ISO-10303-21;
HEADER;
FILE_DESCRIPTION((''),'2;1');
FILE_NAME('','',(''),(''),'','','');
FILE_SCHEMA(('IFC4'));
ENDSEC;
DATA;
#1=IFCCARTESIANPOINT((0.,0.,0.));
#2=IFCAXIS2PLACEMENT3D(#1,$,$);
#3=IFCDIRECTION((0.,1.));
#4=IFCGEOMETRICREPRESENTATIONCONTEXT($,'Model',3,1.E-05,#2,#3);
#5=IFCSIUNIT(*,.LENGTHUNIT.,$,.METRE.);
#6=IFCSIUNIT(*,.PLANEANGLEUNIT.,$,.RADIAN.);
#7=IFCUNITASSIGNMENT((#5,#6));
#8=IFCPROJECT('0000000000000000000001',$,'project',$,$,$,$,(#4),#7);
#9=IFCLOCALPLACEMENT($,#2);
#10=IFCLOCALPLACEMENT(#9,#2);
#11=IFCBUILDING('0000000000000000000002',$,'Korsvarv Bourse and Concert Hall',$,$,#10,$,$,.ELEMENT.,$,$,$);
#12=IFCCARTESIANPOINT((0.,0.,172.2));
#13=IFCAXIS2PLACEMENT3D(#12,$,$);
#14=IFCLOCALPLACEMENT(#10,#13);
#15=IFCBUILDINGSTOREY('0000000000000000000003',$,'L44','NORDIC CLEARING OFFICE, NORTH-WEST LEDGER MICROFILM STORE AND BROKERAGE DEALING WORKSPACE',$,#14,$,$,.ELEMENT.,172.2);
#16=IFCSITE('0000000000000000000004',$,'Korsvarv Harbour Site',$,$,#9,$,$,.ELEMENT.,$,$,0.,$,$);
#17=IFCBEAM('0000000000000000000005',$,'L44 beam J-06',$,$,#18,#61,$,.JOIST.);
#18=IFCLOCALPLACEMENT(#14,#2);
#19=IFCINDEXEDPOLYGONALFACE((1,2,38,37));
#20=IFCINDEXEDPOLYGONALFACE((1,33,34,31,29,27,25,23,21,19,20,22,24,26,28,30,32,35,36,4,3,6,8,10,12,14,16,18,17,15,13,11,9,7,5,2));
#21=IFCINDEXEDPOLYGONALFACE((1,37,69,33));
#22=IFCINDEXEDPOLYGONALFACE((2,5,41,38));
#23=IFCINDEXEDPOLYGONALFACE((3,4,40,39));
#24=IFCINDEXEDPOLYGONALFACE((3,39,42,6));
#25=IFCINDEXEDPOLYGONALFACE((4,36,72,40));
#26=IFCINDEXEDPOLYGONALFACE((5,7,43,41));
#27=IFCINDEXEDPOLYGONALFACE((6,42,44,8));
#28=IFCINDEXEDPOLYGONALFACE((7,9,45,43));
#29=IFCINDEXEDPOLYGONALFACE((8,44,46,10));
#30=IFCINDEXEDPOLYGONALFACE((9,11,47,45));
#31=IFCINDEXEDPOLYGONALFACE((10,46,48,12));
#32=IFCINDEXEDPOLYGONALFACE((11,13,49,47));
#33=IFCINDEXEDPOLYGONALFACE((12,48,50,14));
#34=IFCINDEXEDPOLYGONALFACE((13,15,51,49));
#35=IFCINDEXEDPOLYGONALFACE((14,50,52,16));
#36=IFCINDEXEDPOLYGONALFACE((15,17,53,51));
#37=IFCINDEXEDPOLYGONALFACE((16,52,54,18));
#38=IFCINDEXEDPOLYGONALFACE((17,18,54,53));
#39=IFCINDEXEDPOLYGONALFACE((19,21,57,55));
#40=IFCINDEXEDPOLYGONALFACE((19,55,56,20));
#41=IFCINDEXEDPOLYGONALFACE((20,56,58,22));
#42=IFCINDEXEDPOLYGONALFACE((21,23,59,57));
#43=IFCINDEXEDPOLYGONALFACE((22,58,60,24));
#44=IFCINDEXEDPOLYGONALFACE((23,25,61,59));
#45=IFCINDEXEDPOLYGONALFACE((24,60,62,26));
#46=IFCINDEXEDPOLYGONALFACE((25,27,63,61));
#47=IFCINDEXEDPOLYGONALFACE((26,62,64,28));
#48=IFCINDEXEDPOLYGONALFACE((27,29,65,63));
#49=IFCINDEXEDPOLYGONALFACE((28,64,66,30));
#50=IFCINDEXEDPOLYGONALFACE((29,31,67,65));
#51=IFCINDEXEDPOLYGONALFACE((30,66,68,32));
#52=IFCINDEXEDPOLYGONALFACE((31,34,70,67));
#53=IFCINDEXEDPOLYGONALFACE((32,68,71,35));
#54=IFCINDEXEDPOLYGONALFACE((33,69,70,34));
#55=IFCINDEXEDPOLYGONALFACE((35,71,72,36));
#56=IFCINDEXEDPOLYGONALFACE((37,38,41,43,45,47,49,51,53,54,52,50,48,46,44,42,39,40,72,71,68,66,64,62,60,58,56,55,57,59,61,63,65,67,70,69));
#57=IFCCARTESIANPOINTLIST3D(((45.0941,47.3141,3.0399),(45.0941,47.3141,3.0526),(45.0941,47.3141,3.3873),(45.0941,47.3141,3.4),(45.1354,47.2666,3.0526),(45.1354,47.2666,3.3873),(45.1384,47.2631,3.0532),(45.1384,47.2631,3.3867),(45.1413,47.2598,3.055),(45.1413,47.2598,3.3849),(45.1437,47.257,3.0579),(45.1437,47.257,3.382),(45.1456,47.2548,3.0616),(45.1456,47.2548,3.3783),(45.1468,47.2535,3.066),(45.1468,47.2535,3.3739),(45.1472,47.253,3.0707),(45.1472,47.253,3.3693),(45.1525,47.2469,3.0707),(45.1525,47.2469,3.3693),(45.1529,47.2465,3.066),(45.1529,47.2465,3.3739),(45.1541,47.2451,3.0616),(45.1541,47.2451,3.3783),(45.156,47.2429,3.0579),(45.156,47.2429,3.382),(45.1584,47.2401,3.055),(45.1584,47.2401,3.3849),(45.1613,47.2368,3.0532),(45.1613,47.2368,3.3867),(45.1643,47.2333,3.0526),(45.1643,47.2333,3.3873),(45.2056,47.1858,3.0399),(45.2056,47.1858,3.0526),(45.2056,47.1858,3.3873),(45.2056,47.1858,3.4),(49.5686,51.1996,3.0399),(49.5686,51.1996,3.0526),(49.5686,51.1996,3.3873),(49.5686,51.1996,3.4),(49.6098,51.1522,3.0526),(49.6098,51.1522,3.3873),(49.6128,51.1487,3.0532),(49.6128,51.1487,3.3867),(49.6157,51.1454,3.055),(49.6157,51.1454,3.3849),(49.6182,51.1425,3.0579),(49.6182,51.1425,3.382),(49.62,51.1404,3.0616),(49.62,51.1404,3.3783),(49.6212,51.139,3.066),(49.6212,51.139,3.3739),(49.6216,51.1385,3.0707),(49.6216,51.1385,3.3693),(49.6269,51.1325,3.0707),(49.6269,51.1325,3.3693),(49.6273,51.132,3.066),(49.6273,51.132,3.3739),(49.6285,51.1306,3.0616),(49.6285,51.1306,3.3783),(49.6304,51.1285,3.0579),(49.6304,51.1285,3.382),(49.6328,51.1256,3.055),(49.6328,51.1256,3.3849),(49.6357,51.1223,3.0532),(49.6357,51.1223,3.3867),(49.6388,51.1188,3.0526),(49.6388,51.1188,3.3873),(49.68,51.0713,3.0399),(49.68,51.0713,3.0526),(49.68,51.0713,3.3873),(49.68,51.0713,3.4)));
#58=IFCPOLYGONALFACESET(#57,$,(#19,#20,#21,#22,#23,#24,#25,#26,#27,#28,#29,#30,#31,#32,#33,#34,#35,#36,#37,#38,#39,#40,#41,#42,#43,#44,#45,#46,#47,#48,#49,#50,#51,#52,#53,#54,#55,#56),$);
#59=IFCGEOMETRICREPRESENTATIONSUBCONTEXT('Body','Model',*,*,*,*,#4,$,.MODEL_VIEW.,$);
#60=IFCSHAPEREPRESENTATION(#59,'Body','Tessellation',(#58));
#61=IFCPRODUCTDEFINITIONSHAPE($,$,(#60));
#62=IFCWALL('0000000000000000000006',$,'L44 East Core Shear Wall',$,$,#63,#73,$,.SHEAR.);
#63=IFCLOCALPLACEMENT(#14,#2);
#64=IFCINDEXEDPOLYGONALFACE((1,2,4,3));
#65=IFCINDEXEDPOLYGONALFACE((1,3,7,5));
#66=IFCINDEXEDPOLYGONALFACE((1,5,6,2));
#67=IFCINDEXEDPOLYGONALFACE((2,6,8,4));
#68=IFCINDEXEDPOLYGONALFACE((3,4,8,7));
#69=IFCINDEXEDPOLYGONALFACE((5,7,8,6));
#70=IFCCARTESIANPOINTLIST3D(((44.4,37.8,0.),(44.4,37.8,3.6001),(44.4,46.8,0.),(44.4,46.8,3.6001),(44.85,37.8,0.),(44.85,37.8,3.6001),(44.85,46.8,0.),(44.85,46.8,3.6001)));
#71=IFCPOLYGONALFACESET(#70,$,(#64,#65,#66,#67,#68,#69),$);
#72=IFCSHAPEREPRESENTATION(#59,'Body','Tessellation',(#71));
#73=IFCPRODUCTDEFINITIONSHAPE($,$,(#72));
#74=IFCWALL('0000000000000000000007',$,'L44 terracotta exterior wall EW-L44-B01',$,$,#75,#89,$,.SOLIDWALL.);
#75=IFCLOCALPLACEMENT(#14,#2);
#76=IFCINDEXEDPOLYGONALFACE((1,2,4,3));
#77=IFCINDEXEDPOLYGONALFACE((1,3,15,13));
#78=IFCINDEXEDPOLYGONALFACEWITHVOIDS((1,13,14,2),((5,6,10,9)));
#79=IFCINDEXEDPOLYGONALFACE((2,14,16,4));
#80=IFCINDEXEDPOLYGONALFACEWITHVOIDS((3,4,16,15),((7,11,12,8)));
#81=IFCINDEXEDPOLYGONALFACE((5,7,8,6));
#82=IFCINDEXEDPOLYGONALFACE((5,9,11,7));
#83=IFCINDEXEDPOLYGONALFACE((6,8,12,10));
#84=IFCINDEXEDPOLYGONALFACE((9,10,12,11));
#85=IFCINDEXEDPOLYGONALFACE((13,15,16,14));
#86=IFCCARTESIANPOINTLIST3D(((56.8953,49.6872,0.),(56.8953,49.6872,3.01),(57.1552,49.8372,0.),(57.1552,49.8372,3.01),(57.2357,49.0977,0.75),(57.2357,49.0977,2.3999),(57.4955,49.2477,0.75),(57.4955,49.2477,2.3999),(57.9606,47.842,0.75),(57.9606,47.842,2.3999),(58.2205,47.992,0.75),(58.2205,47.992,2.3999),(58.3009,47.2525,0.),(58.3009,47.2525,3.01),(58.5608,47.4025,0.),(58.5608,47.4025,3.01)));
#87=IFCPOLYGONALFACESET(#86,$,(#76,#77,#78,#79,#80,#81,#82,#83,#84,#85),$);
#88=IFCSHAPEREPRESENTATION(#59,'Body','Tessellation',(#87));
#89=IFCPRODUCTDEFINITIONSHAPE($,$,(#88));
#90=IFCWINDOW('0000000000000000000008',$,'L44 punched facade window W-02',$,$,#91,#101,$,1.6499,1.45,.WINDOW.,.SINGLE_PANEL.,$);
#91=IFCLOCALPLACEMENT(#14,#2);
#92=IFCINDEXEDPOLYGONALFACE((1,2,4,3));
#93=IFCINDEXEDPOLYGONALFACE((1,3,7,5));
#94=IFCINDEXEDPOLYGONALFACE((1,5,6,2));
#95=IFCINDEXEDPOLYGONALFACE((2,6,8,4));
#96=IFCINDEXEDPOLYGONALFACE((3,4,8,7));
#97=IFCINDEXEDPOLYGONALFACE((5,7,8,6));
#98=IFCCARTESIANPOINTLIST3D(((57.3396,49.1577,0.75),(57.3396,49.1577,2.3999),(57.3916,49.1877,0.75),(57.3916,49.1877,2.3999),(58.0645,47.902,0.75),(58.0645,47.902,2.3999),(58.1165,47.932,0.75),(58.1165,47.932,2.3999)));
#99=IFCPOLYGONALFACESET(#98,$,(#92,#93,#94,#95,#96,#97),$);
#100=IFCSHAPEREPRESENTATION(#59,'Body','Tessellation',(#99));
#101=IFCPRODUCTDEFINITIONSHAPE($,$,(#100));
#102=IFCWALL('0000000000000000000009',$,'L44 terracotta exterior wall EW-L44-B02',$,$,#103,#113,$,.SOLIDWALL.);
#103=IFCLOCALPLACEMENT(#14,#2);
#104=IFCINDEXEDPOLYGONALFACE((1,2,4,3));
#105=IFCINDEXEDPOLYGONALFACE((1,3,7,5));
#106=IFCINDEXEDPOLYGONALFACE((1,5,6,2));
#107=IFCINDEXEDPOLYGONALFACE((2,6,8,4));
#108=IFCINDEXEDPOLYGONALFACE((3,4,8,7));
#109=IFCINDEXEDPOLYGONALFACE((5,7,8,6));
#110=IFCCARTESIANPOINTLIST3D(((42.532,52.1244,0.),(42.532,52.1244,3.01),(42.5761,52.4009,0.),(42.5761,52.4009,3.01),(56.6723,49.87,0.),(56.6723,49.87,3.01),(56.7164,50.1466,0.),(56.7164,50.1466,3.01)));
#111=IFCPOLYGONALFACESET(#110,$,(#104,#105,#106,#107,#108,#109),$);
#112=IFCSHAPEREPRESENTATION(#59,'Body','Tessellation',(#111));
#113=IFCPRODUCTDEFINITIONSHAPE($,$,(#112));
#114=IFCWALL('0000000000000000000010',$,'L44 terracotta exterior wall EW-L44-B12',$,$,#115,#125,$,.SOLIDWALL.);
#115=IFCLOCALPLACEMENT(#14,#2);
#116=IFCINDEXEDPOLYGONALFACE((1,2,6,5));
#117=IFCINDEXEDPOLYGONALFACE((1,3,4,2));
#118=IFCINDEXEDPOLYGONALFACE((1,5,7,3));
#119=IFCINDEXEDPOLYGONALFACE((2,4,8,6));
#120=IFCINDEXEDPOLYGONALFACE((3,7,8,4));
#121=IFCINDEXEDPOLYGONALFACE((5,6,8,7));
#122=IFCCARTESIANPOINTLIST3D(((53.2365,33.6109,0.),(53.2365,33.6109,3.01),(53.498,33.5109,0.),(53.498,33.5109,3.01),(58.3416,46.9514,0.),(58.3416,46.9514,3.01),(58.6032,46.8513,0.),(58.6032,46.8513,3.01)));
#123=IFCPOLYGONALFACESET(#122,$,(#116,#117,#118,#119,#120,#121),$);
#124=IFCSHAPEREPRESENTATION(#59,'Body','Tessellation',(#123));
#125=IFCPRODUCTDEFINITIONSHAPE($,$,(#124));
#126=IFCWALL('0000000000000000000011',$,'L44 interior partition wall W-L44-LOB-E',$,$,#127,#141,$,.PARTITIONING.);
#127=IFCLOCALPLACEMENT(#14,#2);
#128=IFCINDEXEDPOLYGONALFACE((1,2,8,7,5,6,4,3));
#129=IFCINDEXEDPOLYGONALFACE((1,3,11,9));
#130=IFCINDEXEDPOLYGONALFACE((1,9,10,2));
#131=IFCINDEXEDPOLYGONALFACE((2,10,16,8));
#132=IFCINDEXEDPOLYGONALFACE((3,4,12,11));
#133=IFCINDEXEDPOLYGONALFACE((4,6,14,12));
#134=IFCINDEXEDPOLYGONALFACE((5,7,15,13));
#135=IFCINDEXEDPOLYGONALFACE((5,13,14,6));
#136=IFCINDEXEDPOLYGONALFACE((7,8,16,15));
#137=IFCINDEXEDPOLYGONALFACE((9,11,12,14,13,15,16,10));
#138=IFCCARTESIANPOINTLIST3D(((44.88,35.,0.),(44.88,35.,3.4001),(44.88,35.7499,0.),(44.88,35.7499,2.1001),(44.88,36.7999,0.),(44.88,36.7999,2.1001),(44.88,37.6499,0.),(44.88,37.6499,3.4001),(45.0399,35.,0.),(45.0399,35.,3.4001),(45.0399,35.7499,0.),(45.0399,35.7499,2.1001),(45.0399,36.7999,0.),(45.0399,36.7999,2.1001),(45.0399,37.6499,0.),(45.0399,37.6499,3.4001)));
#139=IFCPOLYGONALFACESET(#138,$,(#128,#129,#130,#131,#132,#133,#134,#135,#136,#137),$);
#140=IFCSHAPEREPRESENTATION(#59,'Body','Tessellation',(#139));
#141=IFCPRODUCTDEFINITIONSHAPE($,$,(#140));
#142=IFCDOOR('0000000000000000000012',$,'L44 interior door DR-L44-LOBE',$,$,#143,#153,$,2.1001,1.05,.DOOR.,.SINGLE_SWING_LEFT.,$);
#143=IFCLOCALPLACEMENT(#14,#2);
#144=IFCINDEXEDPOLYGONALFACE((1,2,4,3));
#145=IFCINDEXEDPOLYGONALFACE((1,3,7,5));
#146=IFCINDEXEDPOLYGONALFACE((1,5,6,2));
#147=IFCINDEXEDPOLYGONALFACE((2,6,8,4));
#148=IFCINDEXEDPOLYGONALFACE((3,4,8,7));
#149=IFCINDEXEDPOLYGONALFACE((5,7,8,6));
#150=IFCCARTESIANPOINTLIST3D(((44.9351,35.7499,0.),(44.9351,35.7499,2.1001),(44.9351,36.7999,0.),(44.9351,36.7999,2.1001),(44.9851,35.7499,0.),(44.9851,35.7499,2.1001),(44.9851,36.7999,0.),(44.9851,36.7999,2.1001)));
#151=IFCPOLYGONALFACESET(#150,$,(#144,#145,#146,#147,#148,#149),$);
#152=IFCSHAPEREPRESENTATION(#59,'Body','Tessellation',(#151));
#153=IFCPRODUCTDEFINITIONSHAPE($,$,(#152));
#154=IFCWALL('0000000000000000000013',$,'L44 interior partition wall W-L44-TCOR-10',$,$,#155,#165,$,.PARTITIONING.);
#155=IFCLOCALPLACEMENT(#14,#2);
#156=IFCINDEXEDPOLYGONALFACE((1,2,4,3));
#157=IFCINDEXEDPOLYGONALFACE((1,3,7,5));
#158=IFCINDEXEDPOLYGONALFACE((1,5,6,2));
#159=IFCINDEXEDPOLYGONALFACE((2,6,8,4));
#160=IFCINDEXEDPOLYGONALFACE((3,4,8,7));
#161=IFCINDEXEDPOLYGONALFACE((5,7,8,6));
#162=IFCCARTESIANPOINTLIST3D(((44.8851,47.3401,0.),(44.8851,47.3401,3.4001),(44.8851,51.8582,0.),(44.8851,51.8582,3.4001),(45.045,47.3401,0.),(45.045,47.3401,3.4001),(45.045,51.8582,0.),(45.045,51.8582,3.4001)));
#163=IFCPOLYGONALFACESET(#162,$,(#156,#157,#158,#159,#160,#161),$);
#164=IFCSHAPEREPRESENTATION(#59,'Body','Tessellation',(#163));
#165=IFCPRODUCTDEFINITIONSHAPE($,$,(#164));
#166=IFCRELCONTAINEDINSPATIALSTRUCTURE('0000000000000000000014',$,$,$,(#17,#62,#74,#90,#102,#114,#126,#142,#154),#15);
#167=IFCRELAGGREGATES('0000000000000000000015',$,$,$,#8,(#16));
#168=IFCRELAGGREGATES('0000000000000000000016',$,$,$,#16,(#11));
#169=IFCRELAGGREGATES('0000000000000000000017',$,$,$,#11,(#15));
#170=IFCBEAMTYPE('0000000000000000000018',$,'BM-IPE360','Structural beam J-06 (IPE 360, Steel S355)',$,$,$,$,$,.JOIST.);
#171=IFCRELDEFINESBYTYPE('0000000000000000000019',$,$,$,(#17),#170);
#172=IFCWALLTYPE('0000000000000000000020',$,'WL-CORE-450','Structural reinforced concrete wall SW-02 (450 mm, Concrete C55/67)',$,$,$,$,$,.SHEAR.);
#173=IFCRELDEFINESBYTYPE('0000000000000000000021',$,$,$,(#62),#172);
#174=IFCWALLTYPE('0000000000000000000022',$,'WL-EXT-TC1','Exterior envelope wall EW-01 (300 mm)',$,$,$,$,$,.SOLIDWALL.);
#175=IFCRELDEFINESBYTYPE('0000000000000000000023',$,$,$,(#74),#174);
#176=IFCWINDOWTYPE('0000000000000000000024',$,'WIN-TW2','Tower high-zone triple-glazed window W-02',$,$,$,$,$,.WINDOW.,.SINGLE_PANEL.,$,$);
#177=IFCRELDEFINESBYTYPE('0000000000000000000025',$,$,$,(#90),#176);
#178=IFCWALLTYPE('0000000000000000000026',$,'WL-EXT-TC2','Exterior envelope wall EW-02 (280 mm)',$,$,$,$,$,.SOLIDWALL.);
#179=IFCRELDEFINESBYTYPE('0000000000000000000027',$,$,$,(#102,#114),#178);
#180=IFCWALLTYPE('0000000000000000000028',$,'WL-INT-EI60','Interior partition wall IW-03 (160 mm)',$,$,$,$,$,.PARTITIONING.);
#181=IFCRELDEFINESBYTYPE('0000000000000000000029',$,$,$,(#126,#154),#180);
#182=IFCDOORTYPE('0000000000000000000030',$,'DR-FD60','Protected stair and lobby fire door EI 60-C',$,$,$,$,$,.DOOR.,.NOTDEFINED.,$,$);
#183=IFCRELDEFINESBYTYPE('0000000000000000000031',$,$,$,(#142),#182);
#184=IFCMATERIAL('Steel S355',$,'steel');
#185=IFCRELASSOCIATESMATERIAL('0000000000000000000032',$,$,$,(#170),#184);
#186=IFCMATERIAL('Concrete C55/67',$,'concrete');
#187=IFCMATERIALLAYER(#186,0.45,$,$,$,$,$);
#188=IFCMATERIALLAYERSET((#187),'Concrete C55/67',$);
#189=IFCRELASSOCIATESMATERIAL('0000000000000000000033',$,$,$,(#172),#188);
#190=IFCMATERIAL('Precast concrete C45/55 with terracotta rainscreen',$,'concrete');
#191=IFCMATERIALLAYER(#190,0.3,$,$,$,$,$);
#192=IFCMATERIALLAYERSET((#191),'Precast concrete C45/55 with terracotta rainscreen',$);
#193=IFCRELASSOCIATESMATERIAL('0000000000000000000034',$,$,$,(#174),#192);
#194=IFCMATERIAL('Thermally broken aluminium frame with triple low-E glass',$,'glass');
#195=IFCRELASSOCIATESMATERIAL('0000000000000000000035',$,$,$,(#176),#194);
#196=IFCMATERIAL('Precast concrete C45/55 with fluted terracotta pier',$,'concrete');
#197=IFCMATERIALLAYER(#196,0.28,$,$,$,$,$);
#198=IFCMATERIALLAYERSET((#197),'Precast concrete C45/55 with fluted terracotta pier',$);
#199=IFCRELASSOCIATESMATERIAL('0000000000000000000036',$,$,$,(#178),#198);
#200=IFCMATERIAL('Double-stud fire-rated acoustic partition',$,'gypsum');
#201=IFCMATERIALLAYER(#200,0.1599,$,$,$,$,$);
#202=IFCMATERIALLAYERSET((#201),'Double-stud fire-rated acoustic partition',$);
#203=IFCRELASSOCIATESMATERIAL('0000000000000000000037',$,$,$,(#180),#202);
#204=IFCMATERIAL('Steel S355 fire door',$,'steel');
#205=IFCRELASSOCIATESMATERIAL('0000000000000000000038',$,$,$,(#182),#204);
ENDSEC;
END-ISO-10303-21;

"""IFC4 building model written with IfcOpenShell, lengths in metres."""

from ifc_helpers import new_model, si_unit, direction, frame, frame_2d, origin, origin_2d, place, context, subcontext, project, spatial, rectangle, i_section, extrude, source, transform, mapped, material, layer, layer_set, material_profile, profile_set, type_object, element, fill, save


model = new_model("IFC4")

# Units and contexts
model_context = context("Model", 3, precision=1e-05, world=origin(), true_north=direction((0.0, 1.0)))
body_context = subcontext(model_context, "Body", "Model", "MODEL_VIEW")
ifc_project = project(units=[si_unit("LENGTHUNIT", "METRE"), si_unit("PLANEANGLEUNIT", "RADIAN")], contexts=[model_context])

# Site, building, storey
site_placement = place(None, origin())
site = spatial("IfcSite", under=ifc_project, at=site_placement, Name="Korsvarv Harbour Site", CompositionType="ELEMENT", RefElevation=0.0)
building_placement = place(site_placement, origin())
building = spatial("IfcBuilding", under=site, at=building_placement, Name="Korsvarv Bourse and Concert Hall", CompositionType="ELEMENT")
storey_placement = place(building_placement, frame((0.0, 0.0, 172.2)))
storey = spatial("IfcBuildingStorey", under=building, at=storey_placement, Name="L44", Description="NORDIC CLEARING OFFICE, NORTH-WEST LEDGER MICROFILM STORE AND BROKERAGE DEALING WORKSPACE", CompositionType="ELEMENT", Elevation=172.2)

# Shared definitions
ifc_material_1 = material(Name="Concrete C55/67", Category="concrete")
ifc_material_2 = material(Name="Steel S355", Category="steel")

# Beam
ifc_material_profile_1 = material_profile(ifc_material_2, i_section(OverallWidth=0.1699, OverallDepth=0.3601, WebThickness=0.0081, FlangeThickness=0.0127, FilletRadius=0.0181, at=origin_2d()), Name="IPE 360")
ifc_profile_set_1 = profile_set([ifc_material_profile_1], Name="Steel S355")
beam_type_1 = type_object("IfcBeamType", Name="BM-IPE360", Description="Structural beam J-06 (IPE 360, Steel S355)", PredefinedType="JOIST", material=ifc_profile_set_1)
shared_shape_1 = source(origin(), body_context, "Body", "SweptSolid", [
    extrude(i_section(OverallWidth=0.1699, OverallDepth=0.3601, WebThickness=0.0081, FlangeThickness=0.0127, FilletRadius=0.0181, at=origin_2d()), origin(), (0.0, 0.0, 1.0), 5.926),
])
beam_1_placement = place(storey_placement, frame((49.6243, 51.1355, 3.22), z_axis=(-0.755044, -0.655674, 0.0), x_axis=(0.655674, -0.755044, 0.0)))
element("IfcBeam", 1, at=beam_1_placement, inside=storey, type_object=beam_type_1, Name="L44 beam J-06", PredefinedType="JOIST", context=body_context, shape_type="MappedRepresentation", body=[
    mapped(shared_shape_1, transform((0.0, 0.0, 0.0), scale=1.0)),
])

# Wall
ifc_layer_1 = layer(ifc_material_1, 0.45)
ifc_layer_set_1 = layer_set([ifc_layer_1], Name="Concrete C55/67")
wall_type_1 = type_object("IfcWallType", Name="WL-CORE-450", Description="Structural reinforced concrete wall SW-02 (450 mm, Concrete C55/67)", PredefinedType="SHEAR", material=ifc_layer_set_1)
wall_1_placement = place(storey_placement, frame((44.625, 37.8, 0.0), z_axis=(0.0, 0.0, 1.0), x_axis=(0.0, 1.0, 0.0)))
element("IfcWall", 2, at=wall_1_placement, inside=storey, type_object=wall_type_1, Name="L44 East Core Shear Wall", PredefinedType="SHEAR", context=body_context, shape_type="SweptSolid", body=[
    extrude(rectangle(XDim=9.0, YDim=0.45, at=frame_2d((4.5, 0.0))), origin(), (0.0, 0.0, 1.0), 3.6001),
])

# Wall, opening, window
ifc_material_3 = material(Name="Precast concrete C45/55 with terracotta rainscreen", Category="concrete")
ifc_layer_2 = layer(ifc_material_3, 0.3)
ifc_layer_set_2 = layer_set([ifc_layer_2], Name="Precast concrete C45/55 with terracotta rainscreen")
wall_type_2 = type_object("IfcWallType", Name="WL-EXT-TC1", Description="Exterior envelope wall EW-01 (300 mm)", PredefinedType="SOLIDWALL", material=ifc_layer_set_2)
wall_2_placement = place(storey_placement, frame((58.4309, 47.3274, 0.0), z_axis=(0.0, 0.0, 1.0), x_axis=(-0.499978, 0.866038, 0.0)))
wall_2 = element("IfcWall", 3, at=wall_2_placement, inside=storey, type_object=wall_type_2, Name="L44 terracotta exterior wall EW-L44-B01", PredefinedType="SOLIDWALL", context=body_context, shape_type="SweptSolid", body=[
    extrude(rectangle(XDim=2.8113, YDim=0.3, at=frame_2d((1.4058, 0.0))), origin(), (0.0, 0.0, 1.0), 3.01),
])
opening_1_placement = place(wall_2_placement, frame((0.6807, 0.0, 0.75)))
opening_1 = element("IfcOpeningElement", 4, at=opening_1_placement, cuts=wall_2, PredefinedType="OPENING", context=body_context, shape_type="SweptSolid", body=[
    extrude(rectangle(XDim=1.45, YDim=1.6499, at=frame_2d((0.7251, 0.825))), frame((0.0, 0.1602, 0.0), z_axis=(0.0, -1.0, 0.0), x_axis=(1.0, 0.0, 0.0)), (0.0, 0.0, 1.0), 0.3201),
])
ifc_material_4 = material(Name="Thermally broken aluminium frame with triple low-E glass", Category="glass")
window_type = type_object("IfcWindowType", Name="WIN-TW2", Description="Tower high-zone triple-glazed window W-02", PartitioningType="SINGLE_PANEL", PredefinedType="WINDOW", material=ifc_material_4)
window_placement = place(opening_1_placement, origin())
window = element("IfcWindow", 5, at=window_placement, inside=storey, type_object=window_type, Name="L44 punched facade window W-02", OverallHeight=1.6499, OverallWidth=1.45, PartitioningType="SINGLE_PANEL", PredefinedType="WINDOW", context=body_context, shape_type="SweptSolid", body=[
    extrude(rectangle(XDim=1.45, YDim=1.6499, at=frame_2d((0.7251, 0.825))), frame((0.0, 0.03, 0.0), z_axis=(0.0, -1.0, 0.0), x_axis=(1.0, 0.0, 0.0)), (0.0, 0.0, 1.0), 0.0601),
])
fill(opening_1, window)

# Walls
ifc_material_5 = material(Name="Precast concrete C45/55 with fluted terracotta pier", Category="concrete")
ifc_layer_3 = layer(ifc_material_5, 0.28)
ifc_layer_set_3 = layer_set([ifc_layer_3], Name="Precast concrete C45/55 with fluted terracotta pier")
wall_type_3 = type_object("IfcWallType", Name="WL-EXT-TC2", Description="Exterior envelope wall EW-02 (280 mm)", PredefinedType="SOLIDWALL", material=ifc_layer_set_3)
wall_3_placement = place(storey_placement, frame((56.6943, 50.0083, 0.0), z_axis=(0.0, 0.0, 1.0), x_axis=(-0.987528, 0.157441, 0.0)))
element("IfcWall", 6, at=wall_3_placement, inside=storey, type_object=wall_type_3, Name="L44 terracotta exterior wall EW-L44-B02", PredefinedType="SOLIDWALL", context=body_context, shape_type="SweptSolid", body=[
    extrude(rectangle(XDim=14.3188, YDim=0.28, at=frame_2d((7.1594, 0.0))), origin(), (0.0, 0.0, 1.0), 3.01),
])
wall_4_placement = place(storey_placement, frame((53.3672, 33.5608, 0.0), z_axis=(0.0, 0.0, 1.0), x_axis=(0.357407, 0.933949, 0.0)))
element("IfcWall", 7, at=wall_4_placement, inside=storey, type_object=wall_type_3, Name="L44 terracotta exterior wall EW-L44-B12", PredefinedType="SOLIDWALL", context=body_context, shape_type="SweptSolid", body=[
    extrude(rectangle(XDim=14.2839, YDim=0.28, at=frame_2d((7.1421, 0.0))), origin(), (0.0, 0.0, 1.0), 3.01),
])

# Wall, opening, door
ifc_material_6 = material(Name="Double-stud fire-rated acoustic partition", Category="gypsum")
ifc_layer_4 = layer(ifc_material_6, 0.1599)
ifc_layer_set_4 = layer_set([ifc_layer_4], Name="Double-stud fire-rated acoustic partition")
wall_type_4 = type_object("IfcWallType", Name="WL-INT-EI60", Description="Interior partition wall IW-03 (160 mm)", PredefinedType="PARTITIONING", material=ifc_layer_set_4)
wall_5_placement = place(storey_placement, frame((44.96, 35.0, 0.0), z_axis=(0.0, 0.0, 1.0), x_axis=(0.0, 1.0, 0.0)))
wall_5 = element("IfcWall", 8, at=wall_5_placement, inside=storey, type_object=wall_type_4, Name="L44 interior partition wall W-L44-LOB-E", PredefinedType="PARTITIONING", context=body_context, shape_type="SweptSolid", body=[
    extrude(rectangle(XDim=2.6499, YDim=0.1599, at=frame_2d((1.325, 0.0))), origin(), (0.0, 0.0, 1.0), 3.4001),
])
opening_2_placement = place(wall_5_placement, frame((0.75, 0.0, 0.0)))
opening_2 = element("IfcOpeningElement", 9, at=opening_2_placement, cuts=wall_5, PredefinedType="OPENING", context=body_context, shape_type="SweptSolid", body=[
    extrude(rectangle(XDim=1.05, YDim=2.1001, at=frame_2d((0.5249, 1.05))), frame((0.0, 0.0898, 0.0), z_axis=(0.0, -1.0, 0.0), x_axis=(1.0, 0.0, 0.0)), (0.0, 0.0, 1.0), 0.1799),
])
ifc_material_7 = material(Name="Steel S355 fire door", Category="steel")
door_type = type_object("IfcDoorType", Name="DR-FD60", Description="Protected stair and lobby fire door EI 60-C", OperationType="NOTDEFINED", PredefinedType="DOOR", material=ifc_material_7)
door_placement = place(opening_2_placement, origin())
door = element("IfcDoor", 10, at=door_placement, inside=storey, type_object=door_type, Name="L44 interior door DR-L44-LOBE", OperationType="SINGLE_SWING_LEFT", OverallHeight=2.1001, OverallWidth=1.05, PredefinedType="DOOR", context=body_context, shape_type="SweptSolid", body=[
    extrude(rectangle(XDim=1.05, YDim=2.1001, at=frame_2d((0.5249, 1.05))), frame((0.0, 0.0249, 0.0), z_axis=(0.0, -1.0, 0.0), x_axis=(1.0, 0.0, 0.0)), (0.0, 0.0, 1.0), 0.05),
])
fill(opening_2, door)

# Wall
wall_6_placement = place(storey_placement, frame((44.9651, 47.3401, 0.0), z_axis=(0.0, 0.0, 1.0), x_axis=(0.0, 1.0, 0.0)))
element("IfcWall", 11, at=wall_6_placement, inside=storey, type_object=wall_type_4, Name="L44 interior partition wall W-L44-TCOR-10", PredefinedType="PARTITIONING", context=body_context, shape_type="SweptSolid", body=[
    extrude(rectangle(XDim=4.5181, YDim=0.1599, at=frame_2d((2.259, 0.0))), origin(), (0.0, 0.0, 1.0), 3.4001),
])

save(model, "model.ifc")
